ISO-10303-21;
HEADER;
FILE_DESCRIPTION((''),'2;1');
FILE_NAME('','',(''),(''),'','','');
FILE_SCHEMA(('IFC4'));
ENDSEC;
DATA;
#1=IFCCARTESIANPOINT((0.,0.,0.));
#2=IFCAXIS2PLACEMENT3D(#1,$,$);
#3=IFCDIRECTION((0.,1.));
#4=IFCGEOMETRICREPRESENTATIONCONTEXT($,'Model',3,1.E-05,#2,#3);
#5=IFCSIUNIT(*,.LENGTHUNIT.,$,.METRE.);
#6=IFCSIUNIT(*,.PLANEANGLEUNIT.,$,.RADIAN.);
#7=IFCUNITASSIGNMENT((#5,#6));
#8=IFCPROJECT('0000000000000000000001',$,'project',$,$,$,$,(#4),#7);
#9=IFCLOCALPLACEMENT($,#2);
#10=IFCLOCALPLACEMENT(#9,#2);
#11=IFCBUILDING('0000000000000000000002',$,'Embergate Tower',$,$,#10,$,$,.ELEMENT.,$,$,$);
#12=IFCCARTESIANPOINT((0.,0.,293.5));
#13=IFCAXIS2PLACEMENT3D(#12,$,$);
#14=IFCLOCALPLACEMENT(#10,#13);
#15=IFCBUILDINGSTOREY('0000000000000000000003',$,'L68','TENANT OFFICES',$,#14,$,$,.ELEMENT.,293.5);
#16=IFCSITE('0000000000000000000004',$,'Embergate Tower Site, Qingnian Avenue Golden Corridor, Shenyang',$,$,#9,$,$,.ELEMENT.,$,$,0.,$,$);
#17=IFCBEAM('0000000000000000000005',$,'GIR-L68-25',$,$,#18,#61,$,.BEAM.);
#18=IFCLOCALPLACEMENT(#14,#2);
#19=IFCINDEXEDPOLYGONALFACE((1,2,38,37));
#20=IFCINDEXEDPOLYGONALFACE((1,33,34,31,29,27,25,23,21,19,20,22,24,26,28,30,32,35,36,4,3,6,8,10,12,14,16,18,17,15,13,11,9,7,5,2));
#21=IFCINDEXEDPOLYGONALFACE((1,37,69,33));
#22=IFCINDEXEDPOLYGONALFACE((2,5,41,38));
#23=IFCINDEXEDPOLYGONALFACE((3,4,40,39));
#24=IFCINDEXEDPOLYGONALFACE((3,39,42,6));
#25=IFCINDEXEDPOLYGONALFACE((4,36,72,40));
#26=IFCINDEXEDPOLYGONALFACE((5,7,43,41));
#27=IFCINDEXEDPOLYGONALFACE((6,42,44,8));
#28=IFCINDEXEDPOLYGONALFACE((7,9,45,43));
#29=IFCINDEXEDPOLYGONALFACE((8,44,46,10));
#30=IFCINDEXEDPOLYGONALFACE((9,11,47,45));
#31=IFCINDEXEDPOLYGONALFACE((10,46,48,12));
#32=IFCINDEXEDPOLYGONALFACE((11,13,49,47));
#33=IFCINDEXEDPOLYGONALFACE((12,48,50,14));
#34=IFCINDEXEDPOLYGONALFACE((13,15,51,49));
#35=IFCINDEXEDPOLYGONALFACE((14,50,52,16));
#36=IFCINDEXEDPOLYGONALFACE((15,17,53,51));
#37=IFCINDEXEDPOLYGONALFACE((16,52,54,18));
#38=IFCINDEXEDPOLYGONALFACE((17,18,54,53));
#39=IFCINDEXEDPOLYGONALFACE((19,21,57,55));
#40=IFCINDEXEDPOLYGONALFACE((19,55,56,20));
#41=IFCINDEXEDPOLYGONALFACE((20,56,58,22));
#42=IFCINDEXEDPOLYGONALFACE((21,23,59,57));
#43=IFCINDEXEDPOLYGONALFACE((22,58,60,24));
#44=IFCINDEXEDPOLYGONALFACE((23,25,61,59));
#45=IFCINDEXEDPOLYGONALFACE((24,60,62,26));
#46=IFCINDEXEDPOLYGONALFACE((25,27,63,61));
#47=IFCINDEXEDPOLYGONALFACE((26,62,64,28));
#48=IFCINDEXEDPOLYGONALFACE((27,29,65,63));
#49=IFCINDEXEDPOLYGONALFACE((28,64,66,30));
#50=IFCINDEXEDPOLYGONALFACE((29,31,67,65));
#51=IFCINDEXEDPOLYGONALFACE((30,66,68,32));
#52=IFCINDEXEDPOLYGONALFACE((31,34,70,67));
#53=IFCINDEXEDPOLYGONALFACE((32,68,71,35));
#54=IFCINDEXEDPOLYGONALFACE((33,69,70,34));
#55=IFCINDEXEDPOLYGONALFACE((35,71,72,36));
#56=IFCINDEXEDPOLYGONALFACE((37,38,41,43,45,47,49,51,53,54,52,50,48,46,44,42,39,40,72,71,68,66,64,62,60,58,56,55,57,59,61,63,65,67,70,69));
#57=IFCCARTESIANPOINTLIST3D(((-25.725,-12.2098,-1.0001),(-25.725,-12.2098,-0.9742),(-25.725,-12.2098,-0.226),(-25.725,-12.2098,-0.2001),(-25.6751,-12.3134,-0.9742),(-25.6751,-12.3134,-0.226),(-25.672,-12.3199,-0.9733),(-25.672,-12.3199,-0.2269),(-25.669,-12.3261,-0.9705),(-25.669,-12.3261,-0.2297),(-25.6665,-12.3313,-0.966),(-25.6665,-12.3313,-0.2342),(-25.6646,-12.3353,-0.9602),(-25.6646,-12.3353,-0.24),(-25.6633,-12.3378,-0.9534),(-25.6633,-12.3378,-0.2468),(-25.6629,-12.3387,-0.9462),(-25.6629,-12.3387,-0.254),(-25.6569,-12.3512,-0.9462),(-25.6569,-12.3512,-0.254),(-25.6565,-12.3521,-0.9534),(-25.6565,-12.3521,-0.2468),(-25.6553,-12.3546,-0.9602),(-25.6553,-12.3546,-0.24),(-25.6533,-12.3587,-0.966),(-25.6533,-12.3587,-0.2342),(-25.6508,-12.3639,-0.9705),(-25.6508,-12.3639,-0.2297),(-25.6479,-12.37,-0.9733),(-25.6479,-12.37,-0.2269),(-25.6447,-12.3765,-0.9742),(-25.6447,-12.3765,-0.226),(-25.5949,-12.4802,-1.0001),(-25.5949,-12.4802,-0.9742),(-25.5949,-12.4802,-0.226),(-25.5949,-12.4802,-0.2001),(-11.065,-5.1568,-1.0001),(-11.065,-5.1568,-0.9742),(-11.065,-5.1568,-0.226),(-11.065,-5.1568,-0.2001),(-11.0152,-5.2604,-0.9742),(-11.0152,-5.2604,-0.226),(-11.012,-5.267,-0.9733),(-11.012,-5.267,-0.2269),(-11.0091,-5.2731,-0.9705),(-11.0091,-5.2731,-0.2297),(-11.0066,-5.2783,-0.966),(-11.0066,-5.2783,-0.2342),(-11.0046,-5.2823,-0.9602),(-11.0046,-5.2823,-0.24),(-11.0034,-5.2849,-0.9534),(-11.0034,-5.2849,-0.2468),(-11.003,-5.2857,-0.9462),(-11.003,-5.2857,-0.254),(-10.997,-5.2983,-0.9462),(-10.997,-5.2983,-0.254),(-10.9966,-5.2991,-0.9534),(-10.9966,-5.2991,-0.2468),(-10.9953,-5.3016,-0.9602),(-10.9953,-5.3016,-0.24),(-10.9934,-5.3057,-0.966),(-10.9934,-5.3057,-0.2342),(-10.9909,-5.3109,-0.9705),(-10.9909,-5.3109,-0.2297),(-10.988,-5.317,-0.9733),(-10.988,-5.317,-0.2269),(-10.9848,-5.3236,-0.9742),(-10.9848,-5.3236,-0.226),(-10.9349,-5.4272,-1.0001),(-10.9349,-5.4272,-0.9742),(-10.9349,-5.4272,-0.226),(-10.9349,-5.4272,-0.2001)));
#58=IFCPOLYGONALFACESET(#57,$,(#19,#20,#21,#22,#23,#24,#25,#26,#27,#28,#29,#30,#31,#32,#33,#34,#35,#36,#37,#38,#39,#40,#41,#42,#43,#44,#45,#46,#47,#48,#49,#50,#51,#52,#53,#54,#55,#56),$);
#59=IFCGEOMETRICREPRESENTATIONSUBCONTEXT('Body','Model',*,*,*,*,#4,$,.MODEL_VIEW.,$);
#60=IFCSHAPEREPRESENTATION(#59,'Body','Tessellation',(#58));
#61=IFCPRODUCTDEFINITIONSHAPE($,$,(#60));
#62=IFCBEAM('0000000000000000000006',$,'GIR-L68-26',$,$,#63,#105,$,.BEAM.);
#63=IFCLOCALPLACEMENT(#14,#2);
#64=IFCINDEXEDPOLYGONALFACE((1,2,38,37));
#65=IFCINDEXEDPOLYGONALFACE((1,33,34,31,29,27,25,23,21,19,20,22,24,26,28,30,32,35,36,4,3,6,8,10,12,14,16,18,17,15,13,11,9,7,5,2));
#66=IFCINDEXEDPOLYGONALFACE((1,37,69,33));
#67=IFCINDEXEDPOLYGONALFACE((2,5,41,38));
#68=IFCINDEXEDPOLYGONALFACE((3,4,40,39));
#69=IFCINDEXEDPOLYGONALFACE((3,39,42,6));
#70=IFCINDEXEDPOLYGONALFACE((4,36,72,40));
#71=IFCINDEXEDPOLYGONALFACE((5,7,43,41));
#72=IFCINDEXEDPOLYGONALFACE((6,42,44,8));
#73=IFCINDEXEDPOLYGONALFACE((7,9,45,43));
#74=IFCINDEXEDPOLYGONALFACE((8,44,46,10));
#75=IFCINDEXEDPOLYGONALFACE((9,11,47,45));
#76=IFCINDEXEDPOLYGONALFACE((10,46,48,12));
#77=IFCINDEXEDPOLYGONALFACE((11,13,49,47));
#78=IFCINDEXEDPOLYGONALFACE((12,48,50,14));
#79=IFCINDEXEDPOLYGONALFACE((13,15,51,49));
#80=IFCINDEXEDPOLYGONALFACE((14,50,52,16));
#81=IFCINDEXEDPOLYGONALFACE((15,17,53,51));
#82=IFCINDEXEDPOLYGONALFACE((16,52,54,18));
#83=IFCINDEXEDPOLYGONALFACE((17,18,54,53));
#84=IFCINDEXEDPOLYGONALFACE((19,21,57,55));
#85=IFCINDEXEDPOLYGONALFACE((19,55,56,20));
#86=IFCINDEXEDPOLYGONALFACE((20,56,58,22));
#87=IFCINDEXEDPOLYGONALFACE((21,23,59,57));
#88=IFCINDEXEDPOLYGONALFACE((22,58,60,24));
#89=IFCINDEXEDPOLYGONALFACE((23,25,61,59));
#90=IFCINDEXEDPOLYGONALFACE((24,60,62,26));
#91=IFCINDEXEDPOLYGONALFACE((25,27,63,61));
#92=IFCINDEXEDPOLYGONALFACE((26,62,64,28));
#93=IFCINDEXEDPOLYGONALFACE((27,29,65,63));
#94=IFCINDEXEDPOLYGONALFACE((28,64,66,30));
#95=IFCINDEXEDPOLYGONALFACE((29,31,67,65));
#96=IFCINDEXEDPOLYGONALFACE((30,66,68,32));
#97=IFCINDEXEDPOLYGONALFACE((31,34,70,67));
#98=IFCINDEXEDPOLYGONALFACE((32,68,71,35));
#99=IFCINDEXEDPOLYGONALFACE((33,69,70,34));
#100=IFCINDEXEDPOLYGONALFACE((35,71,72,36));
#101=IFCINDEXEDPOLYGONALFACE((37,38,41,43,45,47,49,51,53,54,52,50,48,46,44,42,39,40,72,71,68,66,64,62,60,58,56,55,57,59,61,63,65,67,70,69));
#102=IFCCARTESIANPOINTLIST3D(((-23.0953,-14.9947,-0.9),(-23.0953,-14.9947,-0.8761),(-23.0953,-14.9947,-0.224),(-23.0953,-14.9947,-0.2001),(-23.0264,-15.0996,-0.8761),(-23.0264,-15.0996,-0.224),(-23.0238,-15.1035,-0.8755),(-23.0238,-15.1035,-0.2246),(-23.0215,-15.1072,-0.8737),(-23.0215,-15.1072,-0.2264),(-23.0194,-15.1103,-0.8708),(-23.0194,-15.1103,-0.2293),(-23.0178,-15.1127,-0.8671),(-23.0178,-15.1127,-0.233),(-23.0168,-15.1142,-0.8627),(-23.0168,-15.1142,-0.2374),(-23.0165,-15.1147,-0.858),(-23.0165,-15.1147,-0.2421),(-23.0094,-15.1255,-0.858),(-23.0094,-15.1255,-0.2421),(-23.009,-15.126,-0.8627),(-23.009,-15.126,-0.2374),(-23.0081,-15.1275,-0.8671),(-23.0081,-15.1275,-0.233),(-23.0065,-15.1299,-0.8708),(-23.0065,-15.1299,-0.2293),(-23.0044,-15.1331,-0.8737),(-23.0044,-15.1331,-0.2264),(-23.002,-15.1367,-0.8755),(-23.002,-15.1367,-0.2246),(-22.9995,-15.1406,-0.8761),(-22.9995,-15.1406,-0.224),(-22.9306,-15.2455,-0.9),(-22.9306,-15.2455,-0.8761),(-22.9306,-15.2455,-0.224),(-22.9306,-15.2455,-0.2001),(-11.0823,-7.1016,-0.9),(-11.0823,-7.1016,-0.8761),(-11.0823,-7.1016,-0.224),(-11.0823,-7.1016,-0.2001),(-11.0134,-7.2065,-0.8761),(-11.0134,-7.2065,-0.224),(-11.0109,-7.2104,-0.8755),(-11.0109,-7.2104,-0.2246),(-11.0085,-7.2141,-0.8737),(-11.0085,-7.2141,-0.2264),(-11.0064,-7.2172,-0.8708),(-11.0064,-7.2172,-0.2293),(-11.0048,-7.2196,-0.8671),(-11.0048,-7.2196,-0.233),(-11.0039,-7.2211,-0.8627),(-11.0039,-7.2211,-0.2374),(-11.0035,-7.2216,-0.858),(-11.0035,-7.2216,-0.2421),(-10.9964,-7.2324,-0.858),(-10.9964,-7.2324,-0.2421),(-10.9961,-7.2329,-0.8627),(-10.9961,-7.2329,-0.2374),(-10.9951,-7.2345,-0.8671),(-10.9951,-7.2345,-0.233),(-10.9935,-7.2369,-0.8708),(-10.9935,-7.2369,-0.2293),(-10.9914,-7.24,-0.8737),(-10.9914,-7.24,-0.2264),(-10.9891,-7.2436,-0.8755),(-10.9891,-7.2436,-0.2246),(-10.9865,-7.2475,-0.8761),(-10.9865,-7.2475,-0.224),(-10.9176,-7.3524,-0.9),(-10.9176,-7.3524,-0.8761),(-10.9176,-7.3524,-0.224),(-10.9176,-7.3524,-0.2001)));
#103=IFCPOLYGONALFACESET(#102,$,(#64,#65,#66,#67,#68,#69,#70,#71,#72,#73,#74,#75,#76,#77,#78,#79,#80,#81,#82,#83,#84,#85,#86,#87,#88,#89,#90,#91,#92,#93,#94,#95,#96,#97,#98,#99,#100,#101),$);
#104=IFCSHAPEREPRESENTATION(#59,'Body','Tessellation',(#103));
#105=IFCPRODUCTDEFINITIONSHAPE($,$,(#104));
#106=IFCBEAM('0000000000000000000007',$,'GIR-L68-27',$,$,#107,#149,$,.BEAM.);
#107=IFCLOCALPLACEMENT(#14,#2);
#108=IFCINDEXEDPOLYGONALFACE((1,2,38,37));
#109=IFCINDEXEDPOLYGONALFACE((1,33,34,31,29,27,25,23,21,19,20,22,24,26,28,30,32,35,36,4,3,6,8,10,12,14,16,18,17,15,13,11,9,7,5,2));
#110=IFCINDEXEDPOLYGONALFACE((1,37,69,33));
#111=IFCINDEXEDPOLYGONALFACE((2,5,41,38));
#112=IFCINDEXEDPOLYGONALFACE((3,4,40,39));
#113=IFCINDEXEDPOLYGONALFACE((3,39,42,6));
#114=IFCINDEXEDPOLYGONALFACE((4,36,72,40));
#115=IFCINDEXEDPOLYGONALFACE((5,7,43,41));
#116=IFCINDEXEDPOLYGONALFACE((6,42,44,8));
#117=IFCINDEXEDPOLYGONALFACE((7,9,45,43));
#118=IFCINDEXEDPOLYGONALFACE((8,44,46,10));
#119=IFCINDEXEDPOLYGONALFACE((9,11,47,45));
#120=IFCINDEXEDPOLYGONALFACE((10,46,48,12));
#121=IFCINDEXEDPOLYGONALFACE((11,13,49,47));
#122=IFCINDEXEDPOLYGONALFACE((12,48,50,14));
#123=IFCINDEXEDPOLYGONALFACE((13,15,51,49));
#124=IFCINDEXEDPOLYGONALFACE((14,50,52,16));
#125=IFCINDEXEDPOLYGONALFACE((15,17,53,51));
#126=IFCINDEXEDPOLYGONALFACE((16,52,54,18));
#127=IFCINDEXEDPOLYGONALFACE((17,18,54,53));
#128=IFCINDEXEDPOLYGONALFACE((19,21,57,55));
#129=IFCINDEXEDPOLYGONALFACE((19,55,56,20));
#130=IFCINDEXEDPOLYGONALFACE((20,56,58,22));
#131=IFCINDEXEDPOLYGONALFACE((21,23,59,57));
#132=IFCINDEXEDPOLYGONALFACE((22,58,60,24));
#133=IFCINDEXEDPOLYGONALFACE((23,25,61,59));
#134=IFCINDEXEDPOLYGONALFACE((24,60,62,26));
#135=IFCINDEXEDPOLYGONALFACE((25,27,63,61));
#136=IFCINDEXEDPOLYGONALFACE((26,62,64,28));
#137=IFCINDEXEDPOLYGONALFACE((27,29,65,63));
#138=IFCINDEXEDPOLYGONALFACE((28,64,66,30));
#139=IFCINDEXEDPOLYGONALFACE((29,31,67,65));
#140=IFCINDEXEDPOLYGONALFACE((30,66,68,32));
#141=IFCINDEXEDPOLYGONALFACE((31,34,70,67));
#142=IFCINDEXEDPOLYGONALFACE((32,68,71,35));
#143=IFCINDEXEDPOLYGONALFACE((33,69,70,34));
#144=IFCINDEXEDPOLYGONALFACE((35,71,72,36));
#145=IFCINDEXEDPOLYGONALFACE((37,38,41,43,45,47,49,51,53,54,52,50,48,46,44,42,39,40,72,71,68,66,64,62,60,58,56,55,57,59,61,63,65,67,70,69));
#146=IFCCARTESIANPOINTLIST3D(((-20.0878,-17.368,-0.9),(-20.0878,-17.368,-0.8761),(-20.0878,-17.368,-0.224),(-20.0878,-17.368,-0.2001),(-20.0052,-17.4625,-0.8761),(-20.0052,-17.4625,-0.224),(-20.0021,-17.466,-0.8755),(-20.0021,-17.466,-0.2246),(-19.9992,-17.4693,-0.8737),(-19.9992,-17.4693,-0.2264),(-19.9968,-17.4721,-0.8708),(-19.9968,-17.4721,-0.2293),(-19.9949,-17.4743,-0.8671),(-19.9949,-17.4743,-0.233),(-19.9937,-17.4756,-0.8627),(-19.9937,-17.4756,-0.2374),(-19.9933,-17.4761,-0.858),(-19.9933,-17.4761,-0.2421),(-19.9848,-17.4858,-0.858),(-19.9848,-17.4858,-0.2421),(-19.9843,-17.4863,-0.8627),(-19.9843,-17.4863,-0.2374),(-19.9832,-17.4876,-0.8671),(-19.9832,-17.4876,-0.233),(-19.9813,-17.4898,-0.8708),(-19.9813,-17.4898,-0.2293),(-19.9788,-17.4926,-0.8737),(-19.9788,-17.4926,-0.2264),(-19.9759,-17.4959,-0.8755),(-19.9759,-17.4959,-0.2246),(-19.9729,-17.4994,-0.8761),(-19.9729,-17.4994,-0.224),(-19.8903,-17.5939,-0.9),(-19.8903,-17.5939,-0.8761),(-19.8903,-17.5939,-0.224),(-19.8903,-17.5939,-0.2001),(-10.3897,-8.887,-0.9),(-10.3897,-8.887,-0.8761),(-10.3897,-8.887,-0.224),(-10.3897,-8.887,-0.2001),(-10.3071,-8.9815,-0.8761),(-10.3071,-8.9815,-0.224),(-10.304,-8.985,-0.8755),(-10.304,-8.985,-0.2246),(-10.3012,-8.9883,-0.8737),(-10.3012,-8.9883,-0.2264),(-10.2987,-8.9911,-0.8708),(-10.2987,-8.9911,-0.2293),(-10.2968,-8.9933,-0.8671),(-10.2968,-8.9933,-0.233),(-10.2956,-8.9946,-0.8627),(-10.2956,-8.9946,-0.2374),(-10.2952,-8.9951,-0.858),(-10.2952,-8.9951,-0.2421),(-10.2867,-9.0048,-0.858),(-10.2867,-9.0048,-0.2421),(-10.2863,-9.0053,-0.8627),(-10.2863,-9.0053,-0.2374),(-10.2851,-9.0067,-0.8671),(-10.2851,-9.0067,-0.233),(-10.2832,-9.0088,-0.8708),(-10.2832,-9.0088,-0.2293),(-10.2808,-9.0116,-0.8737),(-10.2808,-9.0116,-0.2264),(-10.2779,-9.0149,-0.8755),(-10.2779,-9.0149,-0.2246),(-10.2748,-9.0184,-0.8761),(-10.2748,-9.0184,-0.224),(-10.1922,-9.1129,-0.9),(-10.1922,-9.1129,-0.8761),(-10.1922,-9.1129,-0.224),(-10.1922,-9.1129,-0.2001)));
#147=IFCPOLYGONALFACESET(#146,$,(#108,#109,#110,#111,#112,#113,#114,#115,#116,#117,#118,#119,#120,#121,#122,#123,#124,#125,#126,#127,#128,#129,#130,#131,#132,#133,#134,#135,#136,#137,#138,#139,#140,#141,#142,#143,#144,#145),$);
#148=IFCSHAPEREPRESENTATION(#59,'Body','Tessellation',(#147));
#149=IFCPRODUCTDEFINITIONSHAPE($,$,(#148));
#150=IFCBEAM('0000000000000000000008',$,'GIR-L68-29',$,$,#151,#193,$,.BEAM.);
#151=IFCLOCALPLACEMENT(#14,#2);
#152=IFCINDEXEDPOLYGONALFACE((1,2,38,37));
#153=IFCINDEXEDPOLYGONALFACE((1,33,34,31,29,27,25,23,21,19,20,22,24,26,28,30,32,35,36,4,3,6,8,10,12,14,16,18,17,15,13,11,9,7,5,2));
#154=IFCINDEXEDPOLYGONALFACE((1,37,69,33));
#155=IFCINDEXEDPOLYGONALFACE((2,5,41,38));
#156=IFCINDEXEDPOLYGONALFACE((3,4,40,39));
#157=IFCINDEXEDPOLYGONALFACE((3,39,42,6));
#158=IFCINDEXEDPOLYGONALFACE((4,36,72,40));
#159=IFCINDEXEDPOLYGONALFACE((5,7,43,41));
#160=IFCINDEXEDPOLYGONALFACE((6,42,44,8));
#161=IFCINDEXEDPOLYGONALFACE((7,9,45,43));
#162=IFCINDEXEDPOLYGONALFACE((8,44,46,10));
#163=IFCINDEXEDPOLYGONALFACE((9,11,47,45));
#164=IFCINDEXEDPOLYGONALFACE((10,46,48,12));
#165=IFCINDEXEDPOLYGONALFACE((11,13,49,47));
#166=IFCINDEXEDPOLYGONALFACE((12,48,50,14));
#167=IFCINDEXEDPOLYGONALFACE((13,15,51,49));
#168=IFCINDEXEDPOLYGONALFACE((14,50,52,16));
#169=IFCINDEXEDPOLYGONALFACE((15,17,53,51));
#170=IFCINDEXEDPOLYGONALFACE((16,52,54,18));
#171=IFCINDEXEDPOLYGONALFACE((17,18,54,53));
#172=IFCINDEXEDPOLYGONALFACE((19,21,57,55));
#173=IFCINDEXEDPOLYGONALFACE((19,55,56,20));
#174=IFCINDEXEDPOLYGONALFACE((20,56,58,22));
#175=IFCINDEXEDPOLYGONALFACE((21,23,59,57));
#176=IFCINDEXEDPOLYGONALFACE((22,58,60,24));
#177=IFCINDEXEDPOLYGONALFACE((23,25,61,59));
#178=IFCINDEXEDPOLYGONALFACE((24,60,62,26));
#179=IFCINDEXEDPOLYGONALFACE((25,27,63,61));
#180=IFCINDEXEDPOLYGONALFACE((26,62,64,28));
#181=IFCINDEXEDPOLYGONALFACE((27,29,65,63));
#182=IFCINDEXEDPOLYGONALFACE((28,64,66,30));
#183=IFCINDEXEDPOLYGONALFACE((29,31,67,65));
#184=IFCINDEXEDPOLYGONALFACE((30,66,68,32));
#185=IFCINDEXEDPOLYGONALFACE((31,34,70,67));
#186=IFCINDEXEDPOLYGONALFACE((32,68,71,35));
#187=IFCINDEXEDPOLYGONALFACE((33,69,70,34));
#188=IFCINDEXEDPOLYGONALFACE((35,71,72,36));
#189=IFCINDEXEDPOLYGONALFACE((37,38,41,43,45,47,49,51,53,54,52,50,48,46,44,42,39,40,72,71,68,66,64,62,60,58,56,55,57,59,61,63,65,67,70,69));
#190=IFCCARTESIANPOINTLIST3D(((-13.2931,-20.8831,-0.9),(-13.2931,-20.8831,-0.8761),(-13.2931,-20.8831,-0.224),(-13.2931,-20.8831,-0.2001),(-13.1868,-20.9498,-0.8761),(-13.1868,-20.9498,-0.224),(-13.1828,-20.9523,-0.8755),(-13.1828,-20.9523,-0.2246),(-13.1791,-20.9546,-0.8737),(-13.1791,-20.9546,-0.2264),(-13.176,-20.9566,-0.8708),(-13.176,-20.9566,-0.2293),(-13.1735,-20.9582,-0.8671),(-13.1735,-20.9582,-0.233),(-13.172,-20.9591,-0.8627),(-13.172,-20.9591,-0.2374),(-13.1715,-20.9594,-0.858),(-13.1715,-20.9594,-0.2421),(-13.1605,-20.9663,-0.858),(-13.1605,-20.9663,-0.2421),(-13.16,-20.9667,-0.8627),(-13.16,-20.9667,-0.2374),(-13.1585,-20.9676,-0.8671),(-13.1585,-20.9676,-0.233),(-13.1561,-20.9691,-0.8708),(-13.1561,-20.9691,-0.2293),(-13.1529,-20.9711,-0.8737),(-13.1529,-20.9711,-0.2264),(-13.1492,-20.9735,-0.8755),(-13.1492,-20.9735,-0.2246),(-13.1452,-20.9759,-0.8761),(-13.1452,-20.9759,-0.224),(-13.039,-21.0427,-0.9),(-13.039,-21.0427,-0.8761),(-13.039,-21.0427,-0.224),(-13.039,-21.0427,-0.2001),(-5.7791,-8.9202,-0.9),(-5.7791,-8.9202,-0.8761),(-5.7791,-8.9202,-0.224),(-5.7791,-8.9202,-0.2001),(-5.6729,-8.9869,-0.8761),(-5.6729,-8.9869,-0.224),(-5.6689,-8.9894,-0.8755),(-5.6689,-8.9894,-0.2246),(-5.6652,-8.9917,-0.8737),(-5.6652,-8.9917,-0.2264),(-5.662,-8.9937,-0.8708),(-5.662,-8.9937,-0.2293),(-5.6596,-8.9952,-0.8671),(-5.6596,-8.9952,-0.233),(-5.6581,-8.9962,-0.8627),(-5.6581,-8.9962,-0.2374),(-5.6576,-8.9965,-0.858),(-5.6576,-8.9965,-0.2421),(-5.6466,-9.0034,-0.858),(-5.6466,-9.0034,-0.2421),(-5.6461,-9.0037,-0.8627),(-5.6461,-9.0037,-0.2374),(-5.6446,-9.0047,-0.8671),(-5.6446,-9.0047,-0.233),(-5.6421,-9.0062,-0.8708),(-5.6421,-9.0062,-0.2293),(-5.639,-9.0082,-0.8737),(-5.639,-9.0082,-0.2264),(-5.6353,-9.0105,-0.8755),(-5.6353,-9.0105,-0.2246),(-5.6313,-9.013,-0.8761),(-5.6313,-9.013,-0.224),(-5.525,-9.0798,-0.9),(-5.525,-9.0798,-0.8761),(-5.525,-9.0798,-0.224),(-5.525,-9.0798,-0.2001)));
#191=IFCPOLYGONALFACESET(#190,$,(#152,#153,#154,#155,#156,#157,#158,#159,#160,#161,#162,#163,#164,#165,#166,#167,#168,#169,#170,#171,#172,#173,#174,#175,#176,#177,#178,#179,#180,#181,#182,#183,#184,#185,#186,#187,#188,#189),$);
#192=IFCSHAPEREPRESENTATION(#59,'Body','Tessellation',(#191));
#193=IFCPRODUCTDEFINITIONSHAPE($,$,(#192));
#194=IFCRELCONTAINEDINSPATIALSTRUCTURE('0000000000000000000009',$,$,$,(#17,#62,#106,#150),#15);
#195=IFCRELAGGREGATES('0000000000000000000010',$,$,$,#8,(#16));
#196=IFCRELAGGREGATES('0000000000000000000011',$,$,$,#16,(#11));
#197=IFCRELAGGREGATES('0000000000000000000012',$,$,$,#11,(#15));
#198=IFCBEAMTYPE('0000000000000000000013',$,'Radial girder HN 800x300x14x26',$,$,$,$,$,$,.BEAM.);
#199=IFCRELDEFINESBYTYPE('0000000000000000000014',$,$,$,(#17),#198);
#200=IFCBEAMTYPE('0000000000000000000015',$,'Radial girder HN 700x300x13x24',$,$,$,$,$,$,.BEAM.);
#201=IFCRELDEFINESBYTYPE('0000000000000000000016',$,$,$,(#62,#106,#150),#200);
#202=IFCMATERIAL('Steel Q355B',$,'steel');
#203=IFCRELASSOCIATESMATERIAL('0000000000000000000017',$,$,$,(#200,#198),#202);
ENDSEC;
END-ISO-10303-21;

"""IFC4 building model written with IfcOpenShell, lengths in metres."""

from ifc_helpers import new_model, si_unit, direction, frame, origin, origin_2d, place, context, subcontext, project, spatial, i_section, extrude, source, transform, mapped, material, material_profile, profile_set, type_object, element, save


model = new_model("IFC4")

# Units and contexts
model_context = context("Model", 3, precision=1e-05, world=origin(), true_north=direction((0.0, 1.0)))
body_context = subcontext(model_context, "Body", "Model", "MODEL_VIEW")
ifc_project = project(units=[si_unit("LENGTHUNIT", "METRE"), si_unit("PLANEANGLEUNIT", "RADIAN")], contexts=[model_context])

# Site, building, storey
site_placement = place(None, origin())
site = spatial("IfcSite", under=ifc_project, at=site_placement, Name="Embergate Tower Site, Qingnian Avenue Golden Corridor, Shenyang", CompositionType="ELEMENT", RefElevation=0.0)
building_placement = place(site_placement, origin())
building = spatial("IfcBuilding", under=site, at=building_placement, Name="Embergate Tower", CompositionType="ELEMENT")
storey_placement = place(building_placement, frame((0.0, 0.0, 293.5)))
storey = spatial("IfcBuildingStorey", under=building, at=storey_placement, Name="L68", Description="TENANT OFFICES", CompositionType="ELEMENT", Elevation=293.5)

# Beams
ifc_material_1 = material(Name="Steel Q355B", Category="steel")
ifc_material_profile_1 = material_profile(ifc_material_1, i_section(OverallWidth=0.3, OverallDepth=0.7, WebThickness=0.0129, FlangeThickness=0.0239, FilletRadius=0.0181, at=origin_2d()), Name="HN 700x300x13x24")
ifc_profile_set_1 = profile_set([ifc_material_profile_1], Name="Steel Q355 grade B")
beam_type_1 = type_object("IfcBeamType", Name="Radial girder HN 700x300x13x24", PredefinedType="BEAM", material=ifc_profile_set_1)
ifc_material_profile_2 = material_profile(ifc_material_1, i_section(OverallWidth=0.3, OverallDepth=0.8, WebThickness=0.0139, FlangeThickness=0.0259, FilletRadius=0.0281, at=origin_2d()), Name="HN 800x300x14x26")
ifc_profile_set_2 = profile_set([ifc_material_profile_2], Name="Steel Q355 grade B")
beam_type_2 = type_object("IfcBeamType", Name="Radial girder HN 800x300x14x26", PredefinedType="BEAM", material=ifc_profile_set_2)
shared_shape_1 = source(origin(), body_context, "Body", "SweptSolid", [
    extrude(i_section(OverallWidth=0.3, OverallDepth=0.8, WebThickness=0.0139, FlangeThickness=0.0259, FilletRadius=0.0281, at=origin_2d()), origin(), (0.0, 0.0, 1.0), 16.2683),
])
beam_1_placement = place(storey_placement, frame((-25.6599, -12.345, -0.6001), z_axis=(0.901134, 0.433541, 0.0), x_axis=(-0.433541, 0.901134, 0.0)))
element("IfcBeam", 1, at=beam_1_placement, inside=storey, type_object=beam_type_2, Name="GIR-L68-25", PredefinedType="BEAM", context=body_context, shape_type="MappedRepresentation", body=[
    mapped(shared_shape_1, transform((0.0, 0.0, 0.0))),
])
shared_shape_2 = source(origin(), body_context, "Body", "SweptSolid", [
    extrude(i_section(OverallWidth=0.3, OverallDepth=0.7, WebThickness=0.0129, FlangeThickness=0.0239, FilletRadius=0.0181, at=origin_2d()), origin(), (0.0, 0.0, 1.0), 14.374),
])
beam_2_placement = place(storey_placement, frame((-23.0129, -15.1201, -0.55), z_axis=(0.835742, 0.549122, 0.0), x_axis=(-0.549122, 0.835742, 0.0)))
element("IfcBeam", 2, at=beam_2_placement, inside=storey, type_object=beam_type_1, Name="GIR-L68-26", PredefinedType="BEAM", context=body_context, shape_type="MappedRepresentation", body=[
    mapped(shared_shape_2, transform((0.0, 0.0, 0.0))),
])
shared_shape_3 = source(origin(), body_context, "Body", "SweptSolid", [
    extrude(i_section(OverallWidth=0.3, OverallDepth=0.7, WebThickness=0.0129, FlangeThickness=0.0239, FilletRadius=0.0181, at=origin_2d()), origin(), (0.0, 0.0, 1.0), 12.8833),
])
beam_3_placement = place(storey_placement, frame((-19.989, -17.481, -0.55), z_axis=(0.752761, 0.658294, 0.0), x_axis=(-0.658294, 0.752761, 0.0)))
element("IfcBeam", 3, at=beam_3_placement, inside=storey, type_object=beam_type_1, Name="GIR-L68-27", PredefinedType="BEAM", context=body_context, shape_type="MappedRepresentation", body=[
    mapped(shared_shape_3, transform((0.0, 0.0, 0.0))),
])
shared_shape_4 = source(origin(), body_context, "Body", "SweptSolid", [
    extrude(i_section(OverallWidth=0.3, OverallDepth=0.7, WebThickness=0.0129, FlangeThickness=0.0239, FilletRadius=0.0181, at=origin_2d()), origin(), (0.0, 0.0, 1.0), 14.127),
])
beam_4_placement = place(storey_placement, frame((-13.166, -20.9629, -0.55), z_axis=(0.531887, 0.846816, 0.0), x_axis=(-0.846816, 0.531887, 0.0)))
element("IfcBeam", 4, at=beam_4_placement, inside=storey, type_object=beam_type_1, Name="GIR-L68-29", PredefinedType="BEAM", context=body_context, shape_type="MappedRepresentation", body=[
    mapped(shared_shape_4, transform((0.0, 0.0, 0.0))),
])

save(model, "model.ifc")
